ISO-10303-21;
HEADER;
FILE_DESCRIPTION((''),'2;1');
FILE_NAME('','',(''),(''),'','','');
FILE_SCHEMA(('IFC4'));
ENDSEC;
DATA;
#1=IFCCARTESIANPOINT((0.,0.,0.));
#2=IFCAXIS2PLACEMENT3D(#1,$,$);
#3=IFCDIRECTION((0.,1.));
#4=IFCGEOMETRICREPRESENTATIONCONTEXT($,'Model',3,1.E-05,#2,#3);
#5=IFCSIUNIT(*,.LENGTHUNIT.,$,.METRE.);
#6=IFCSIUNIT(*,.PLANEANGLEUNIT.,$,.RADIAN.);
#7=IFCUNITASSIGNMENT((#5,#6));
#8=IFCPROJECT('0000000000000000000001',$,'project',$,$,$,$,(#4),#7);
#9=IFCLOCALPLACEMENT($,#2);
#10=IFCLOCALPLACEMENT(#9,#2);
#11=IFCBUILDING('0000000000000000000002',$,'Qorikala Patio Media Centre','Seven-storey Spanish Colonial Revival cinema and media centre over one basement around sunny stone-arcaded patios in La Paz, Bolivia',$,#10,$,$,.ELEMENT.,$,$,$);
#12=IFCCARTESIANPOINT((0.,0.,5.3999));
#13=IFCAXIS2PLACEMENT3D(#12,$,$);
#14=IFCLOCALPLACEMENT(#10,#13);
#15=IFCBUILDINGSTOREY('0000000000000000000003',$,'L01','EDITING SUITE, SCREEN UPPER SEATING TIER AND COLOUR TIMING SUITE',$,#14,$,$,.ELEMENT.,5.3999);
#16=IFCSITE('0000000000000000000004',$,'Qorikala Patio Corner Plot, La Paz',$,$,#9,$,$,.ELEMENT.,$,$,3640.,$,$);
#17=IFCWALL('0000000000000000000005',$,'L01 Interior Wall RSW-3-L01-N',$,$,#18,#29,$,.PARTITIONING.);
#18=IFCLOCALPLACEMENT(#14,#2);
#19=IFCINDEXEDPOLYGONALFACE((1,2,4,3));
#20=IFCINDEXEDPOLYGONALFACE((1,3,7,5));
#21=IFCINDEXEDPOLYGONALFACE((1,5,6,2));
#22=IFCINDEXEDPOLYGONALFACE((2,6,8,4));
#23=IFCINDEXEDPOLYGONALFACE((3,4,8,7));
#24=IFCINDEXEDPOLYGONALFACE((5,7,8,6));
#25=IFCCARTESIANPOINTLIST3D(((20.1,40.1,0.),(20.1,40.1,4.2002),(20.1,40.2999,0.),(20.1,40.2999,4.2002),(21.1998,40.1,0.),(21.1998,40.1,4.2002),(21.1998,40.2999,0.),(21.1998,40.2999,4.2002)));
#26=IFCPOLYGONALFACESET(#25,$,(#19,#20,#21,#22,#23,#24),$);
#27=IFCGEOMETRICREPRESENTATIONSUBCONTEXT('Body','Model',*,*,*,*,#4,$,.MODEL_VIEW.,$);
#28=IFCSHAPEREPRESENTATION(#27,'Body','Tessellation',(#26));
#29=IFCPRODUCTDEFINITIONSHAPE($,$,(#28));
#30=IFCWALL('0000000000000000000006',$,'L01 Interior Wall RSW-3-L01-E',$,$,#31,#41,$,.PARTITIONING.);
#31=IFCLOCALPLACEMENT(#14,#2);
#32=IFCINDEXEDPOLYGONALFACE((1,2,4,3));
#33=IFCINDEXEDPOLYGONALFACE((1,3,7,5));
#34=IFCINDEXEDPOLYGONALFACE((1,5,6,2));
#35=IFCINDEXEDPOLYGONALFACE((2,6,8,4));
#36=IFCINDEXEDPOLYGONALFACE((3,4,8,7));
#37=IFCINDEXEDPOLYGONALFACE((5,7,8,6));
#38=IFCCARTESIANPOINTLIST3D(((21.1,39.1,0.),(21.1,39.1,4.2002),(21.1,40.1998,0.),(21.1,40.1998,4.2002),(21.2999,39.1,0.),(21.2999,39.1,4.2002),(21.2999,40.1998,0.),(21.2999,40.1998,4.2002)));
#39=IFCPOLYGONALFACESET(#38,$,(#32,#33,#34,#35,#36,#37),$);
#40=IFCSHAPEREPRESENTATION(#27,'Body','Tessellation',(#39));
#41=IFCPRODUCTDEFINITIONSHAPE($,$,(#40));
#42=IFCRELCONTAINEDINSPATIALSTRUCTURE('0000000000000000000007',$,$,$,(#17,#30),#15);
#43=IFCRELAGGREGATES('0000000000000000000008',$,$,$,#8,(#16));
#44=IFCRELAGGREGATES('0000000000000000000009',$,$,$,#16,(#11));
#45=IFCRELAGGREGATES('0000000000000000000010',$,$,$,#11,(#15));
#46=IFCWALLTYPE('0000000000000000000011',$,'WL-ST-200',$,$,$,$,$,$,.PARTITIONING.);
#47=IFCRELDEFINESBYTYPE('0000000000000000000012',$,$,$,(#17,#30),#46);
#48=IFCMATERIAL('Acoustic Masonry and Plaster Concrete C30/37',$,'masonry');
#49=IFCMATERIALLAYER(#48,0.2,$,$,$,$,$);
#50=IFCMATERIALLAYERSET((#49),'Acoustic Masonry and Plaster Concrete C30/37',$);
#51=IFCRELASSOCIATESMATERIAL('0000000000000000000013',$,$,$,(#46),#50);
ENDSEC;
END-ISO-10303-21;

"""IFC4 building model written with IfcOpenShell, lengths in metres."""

from ifc_helpers import new_model, si_unit, direction, frame, frame_2d, origin, place, context, subcontext, project, spatial, rectangle, extrude, material, layer, layer_set, type_object, element, save


model = new_model("IFC4")

# Units and contexts
model_context = context("Model", 3, precision=1e-05, world=origin(), true_north=direction((0.0, 1.0)))
body_context = subcontext(model_context, "Body", "Model", "MODEL_VIEW")
ifc_project = project(units=[si_unit("LENGTHUNIT", "METRE"), si_unit("PLANEANGLEUNIT", "RADIAN")], contexts=[model_context])

# Site, building, storey
site_placement = place(None, origin())
site = spatial("IfcSite", under=ifc_project, at=site_placement, Name="Qorikala Patio Corner Plot, La Paz", CompositionType="ELEMENT", RefElevation=3640.0)
building_placement = place(site_placement, origin())
building = spatial("IfcBuilding", under=site, at=building_placement, Name="Qorikala Patio Media Centre", Description="Seven-storey Spanish Colonial Revival cinema and media centre over one basement around sunny stone-arcaded patios in La Paz, Bolivia", CompositionType="ELEMENT")
storey_placement = place(building_placement, frame((0.0, 0.0, 5.3999)))
storey = spatial("IfcBuildingStorey", under=building, at=storey_placement, Name="L01", Description="EDITING SUITE, SCREEN UPPER SEATING TIER AND COLOUR TIMING SUITE", CompositionType="ELEMENT", Elevation=5.3999)

# Shared definitions
ifc_material_1 = material(Name="Acoustic Masonry and Plaster Concrete C30/37", Category="masonry")
ifc_layer_1 = layer(ifc_material_1, 0.2)
ifc_layer_set_1 = layer_set([ifc_layer_1], Name="Acoustic Masonry and Plaster Concrete C30/37")
wall_type_1 = type_object("IfcWallType", Name="WL-ST-200", PredefinedType="PARTITIONING", material=ifc_layer_set_1)

# Walls
for number, where, z_axis, x_axis, name in (
    (1, (20.1001, 40.2, 0.0), (0.0, 0.0, 1.0), (1.0, 0.0, 0.0), "L01 Interior Wall RSW-3-L01-N"),
    (2, (21.2, 39.1001, 0.0), (0.0, 0.0, 1.0), (0.0, 1.0, 0.0), "L01 Interior Wall RSW-3-L01-E"),
):
    element("IfcWall", number, at=place(storey_placement, frame(where, z_axis=z_axis, x_axis=x_axis)), inside=storey, type_object=wall_type_1, Name=name, PredefinedType="PARTITIONING", context=body_context, shape_type="SweptSolid", body=[
        extrude(rectangle(XDim=1.0999, YDim=0.2, at=frame_2d((0.5498, 0.0))), origin(), (0.0, 0.0, 1.0), 4.2002),
    ])

save(model, "model.ifc")
